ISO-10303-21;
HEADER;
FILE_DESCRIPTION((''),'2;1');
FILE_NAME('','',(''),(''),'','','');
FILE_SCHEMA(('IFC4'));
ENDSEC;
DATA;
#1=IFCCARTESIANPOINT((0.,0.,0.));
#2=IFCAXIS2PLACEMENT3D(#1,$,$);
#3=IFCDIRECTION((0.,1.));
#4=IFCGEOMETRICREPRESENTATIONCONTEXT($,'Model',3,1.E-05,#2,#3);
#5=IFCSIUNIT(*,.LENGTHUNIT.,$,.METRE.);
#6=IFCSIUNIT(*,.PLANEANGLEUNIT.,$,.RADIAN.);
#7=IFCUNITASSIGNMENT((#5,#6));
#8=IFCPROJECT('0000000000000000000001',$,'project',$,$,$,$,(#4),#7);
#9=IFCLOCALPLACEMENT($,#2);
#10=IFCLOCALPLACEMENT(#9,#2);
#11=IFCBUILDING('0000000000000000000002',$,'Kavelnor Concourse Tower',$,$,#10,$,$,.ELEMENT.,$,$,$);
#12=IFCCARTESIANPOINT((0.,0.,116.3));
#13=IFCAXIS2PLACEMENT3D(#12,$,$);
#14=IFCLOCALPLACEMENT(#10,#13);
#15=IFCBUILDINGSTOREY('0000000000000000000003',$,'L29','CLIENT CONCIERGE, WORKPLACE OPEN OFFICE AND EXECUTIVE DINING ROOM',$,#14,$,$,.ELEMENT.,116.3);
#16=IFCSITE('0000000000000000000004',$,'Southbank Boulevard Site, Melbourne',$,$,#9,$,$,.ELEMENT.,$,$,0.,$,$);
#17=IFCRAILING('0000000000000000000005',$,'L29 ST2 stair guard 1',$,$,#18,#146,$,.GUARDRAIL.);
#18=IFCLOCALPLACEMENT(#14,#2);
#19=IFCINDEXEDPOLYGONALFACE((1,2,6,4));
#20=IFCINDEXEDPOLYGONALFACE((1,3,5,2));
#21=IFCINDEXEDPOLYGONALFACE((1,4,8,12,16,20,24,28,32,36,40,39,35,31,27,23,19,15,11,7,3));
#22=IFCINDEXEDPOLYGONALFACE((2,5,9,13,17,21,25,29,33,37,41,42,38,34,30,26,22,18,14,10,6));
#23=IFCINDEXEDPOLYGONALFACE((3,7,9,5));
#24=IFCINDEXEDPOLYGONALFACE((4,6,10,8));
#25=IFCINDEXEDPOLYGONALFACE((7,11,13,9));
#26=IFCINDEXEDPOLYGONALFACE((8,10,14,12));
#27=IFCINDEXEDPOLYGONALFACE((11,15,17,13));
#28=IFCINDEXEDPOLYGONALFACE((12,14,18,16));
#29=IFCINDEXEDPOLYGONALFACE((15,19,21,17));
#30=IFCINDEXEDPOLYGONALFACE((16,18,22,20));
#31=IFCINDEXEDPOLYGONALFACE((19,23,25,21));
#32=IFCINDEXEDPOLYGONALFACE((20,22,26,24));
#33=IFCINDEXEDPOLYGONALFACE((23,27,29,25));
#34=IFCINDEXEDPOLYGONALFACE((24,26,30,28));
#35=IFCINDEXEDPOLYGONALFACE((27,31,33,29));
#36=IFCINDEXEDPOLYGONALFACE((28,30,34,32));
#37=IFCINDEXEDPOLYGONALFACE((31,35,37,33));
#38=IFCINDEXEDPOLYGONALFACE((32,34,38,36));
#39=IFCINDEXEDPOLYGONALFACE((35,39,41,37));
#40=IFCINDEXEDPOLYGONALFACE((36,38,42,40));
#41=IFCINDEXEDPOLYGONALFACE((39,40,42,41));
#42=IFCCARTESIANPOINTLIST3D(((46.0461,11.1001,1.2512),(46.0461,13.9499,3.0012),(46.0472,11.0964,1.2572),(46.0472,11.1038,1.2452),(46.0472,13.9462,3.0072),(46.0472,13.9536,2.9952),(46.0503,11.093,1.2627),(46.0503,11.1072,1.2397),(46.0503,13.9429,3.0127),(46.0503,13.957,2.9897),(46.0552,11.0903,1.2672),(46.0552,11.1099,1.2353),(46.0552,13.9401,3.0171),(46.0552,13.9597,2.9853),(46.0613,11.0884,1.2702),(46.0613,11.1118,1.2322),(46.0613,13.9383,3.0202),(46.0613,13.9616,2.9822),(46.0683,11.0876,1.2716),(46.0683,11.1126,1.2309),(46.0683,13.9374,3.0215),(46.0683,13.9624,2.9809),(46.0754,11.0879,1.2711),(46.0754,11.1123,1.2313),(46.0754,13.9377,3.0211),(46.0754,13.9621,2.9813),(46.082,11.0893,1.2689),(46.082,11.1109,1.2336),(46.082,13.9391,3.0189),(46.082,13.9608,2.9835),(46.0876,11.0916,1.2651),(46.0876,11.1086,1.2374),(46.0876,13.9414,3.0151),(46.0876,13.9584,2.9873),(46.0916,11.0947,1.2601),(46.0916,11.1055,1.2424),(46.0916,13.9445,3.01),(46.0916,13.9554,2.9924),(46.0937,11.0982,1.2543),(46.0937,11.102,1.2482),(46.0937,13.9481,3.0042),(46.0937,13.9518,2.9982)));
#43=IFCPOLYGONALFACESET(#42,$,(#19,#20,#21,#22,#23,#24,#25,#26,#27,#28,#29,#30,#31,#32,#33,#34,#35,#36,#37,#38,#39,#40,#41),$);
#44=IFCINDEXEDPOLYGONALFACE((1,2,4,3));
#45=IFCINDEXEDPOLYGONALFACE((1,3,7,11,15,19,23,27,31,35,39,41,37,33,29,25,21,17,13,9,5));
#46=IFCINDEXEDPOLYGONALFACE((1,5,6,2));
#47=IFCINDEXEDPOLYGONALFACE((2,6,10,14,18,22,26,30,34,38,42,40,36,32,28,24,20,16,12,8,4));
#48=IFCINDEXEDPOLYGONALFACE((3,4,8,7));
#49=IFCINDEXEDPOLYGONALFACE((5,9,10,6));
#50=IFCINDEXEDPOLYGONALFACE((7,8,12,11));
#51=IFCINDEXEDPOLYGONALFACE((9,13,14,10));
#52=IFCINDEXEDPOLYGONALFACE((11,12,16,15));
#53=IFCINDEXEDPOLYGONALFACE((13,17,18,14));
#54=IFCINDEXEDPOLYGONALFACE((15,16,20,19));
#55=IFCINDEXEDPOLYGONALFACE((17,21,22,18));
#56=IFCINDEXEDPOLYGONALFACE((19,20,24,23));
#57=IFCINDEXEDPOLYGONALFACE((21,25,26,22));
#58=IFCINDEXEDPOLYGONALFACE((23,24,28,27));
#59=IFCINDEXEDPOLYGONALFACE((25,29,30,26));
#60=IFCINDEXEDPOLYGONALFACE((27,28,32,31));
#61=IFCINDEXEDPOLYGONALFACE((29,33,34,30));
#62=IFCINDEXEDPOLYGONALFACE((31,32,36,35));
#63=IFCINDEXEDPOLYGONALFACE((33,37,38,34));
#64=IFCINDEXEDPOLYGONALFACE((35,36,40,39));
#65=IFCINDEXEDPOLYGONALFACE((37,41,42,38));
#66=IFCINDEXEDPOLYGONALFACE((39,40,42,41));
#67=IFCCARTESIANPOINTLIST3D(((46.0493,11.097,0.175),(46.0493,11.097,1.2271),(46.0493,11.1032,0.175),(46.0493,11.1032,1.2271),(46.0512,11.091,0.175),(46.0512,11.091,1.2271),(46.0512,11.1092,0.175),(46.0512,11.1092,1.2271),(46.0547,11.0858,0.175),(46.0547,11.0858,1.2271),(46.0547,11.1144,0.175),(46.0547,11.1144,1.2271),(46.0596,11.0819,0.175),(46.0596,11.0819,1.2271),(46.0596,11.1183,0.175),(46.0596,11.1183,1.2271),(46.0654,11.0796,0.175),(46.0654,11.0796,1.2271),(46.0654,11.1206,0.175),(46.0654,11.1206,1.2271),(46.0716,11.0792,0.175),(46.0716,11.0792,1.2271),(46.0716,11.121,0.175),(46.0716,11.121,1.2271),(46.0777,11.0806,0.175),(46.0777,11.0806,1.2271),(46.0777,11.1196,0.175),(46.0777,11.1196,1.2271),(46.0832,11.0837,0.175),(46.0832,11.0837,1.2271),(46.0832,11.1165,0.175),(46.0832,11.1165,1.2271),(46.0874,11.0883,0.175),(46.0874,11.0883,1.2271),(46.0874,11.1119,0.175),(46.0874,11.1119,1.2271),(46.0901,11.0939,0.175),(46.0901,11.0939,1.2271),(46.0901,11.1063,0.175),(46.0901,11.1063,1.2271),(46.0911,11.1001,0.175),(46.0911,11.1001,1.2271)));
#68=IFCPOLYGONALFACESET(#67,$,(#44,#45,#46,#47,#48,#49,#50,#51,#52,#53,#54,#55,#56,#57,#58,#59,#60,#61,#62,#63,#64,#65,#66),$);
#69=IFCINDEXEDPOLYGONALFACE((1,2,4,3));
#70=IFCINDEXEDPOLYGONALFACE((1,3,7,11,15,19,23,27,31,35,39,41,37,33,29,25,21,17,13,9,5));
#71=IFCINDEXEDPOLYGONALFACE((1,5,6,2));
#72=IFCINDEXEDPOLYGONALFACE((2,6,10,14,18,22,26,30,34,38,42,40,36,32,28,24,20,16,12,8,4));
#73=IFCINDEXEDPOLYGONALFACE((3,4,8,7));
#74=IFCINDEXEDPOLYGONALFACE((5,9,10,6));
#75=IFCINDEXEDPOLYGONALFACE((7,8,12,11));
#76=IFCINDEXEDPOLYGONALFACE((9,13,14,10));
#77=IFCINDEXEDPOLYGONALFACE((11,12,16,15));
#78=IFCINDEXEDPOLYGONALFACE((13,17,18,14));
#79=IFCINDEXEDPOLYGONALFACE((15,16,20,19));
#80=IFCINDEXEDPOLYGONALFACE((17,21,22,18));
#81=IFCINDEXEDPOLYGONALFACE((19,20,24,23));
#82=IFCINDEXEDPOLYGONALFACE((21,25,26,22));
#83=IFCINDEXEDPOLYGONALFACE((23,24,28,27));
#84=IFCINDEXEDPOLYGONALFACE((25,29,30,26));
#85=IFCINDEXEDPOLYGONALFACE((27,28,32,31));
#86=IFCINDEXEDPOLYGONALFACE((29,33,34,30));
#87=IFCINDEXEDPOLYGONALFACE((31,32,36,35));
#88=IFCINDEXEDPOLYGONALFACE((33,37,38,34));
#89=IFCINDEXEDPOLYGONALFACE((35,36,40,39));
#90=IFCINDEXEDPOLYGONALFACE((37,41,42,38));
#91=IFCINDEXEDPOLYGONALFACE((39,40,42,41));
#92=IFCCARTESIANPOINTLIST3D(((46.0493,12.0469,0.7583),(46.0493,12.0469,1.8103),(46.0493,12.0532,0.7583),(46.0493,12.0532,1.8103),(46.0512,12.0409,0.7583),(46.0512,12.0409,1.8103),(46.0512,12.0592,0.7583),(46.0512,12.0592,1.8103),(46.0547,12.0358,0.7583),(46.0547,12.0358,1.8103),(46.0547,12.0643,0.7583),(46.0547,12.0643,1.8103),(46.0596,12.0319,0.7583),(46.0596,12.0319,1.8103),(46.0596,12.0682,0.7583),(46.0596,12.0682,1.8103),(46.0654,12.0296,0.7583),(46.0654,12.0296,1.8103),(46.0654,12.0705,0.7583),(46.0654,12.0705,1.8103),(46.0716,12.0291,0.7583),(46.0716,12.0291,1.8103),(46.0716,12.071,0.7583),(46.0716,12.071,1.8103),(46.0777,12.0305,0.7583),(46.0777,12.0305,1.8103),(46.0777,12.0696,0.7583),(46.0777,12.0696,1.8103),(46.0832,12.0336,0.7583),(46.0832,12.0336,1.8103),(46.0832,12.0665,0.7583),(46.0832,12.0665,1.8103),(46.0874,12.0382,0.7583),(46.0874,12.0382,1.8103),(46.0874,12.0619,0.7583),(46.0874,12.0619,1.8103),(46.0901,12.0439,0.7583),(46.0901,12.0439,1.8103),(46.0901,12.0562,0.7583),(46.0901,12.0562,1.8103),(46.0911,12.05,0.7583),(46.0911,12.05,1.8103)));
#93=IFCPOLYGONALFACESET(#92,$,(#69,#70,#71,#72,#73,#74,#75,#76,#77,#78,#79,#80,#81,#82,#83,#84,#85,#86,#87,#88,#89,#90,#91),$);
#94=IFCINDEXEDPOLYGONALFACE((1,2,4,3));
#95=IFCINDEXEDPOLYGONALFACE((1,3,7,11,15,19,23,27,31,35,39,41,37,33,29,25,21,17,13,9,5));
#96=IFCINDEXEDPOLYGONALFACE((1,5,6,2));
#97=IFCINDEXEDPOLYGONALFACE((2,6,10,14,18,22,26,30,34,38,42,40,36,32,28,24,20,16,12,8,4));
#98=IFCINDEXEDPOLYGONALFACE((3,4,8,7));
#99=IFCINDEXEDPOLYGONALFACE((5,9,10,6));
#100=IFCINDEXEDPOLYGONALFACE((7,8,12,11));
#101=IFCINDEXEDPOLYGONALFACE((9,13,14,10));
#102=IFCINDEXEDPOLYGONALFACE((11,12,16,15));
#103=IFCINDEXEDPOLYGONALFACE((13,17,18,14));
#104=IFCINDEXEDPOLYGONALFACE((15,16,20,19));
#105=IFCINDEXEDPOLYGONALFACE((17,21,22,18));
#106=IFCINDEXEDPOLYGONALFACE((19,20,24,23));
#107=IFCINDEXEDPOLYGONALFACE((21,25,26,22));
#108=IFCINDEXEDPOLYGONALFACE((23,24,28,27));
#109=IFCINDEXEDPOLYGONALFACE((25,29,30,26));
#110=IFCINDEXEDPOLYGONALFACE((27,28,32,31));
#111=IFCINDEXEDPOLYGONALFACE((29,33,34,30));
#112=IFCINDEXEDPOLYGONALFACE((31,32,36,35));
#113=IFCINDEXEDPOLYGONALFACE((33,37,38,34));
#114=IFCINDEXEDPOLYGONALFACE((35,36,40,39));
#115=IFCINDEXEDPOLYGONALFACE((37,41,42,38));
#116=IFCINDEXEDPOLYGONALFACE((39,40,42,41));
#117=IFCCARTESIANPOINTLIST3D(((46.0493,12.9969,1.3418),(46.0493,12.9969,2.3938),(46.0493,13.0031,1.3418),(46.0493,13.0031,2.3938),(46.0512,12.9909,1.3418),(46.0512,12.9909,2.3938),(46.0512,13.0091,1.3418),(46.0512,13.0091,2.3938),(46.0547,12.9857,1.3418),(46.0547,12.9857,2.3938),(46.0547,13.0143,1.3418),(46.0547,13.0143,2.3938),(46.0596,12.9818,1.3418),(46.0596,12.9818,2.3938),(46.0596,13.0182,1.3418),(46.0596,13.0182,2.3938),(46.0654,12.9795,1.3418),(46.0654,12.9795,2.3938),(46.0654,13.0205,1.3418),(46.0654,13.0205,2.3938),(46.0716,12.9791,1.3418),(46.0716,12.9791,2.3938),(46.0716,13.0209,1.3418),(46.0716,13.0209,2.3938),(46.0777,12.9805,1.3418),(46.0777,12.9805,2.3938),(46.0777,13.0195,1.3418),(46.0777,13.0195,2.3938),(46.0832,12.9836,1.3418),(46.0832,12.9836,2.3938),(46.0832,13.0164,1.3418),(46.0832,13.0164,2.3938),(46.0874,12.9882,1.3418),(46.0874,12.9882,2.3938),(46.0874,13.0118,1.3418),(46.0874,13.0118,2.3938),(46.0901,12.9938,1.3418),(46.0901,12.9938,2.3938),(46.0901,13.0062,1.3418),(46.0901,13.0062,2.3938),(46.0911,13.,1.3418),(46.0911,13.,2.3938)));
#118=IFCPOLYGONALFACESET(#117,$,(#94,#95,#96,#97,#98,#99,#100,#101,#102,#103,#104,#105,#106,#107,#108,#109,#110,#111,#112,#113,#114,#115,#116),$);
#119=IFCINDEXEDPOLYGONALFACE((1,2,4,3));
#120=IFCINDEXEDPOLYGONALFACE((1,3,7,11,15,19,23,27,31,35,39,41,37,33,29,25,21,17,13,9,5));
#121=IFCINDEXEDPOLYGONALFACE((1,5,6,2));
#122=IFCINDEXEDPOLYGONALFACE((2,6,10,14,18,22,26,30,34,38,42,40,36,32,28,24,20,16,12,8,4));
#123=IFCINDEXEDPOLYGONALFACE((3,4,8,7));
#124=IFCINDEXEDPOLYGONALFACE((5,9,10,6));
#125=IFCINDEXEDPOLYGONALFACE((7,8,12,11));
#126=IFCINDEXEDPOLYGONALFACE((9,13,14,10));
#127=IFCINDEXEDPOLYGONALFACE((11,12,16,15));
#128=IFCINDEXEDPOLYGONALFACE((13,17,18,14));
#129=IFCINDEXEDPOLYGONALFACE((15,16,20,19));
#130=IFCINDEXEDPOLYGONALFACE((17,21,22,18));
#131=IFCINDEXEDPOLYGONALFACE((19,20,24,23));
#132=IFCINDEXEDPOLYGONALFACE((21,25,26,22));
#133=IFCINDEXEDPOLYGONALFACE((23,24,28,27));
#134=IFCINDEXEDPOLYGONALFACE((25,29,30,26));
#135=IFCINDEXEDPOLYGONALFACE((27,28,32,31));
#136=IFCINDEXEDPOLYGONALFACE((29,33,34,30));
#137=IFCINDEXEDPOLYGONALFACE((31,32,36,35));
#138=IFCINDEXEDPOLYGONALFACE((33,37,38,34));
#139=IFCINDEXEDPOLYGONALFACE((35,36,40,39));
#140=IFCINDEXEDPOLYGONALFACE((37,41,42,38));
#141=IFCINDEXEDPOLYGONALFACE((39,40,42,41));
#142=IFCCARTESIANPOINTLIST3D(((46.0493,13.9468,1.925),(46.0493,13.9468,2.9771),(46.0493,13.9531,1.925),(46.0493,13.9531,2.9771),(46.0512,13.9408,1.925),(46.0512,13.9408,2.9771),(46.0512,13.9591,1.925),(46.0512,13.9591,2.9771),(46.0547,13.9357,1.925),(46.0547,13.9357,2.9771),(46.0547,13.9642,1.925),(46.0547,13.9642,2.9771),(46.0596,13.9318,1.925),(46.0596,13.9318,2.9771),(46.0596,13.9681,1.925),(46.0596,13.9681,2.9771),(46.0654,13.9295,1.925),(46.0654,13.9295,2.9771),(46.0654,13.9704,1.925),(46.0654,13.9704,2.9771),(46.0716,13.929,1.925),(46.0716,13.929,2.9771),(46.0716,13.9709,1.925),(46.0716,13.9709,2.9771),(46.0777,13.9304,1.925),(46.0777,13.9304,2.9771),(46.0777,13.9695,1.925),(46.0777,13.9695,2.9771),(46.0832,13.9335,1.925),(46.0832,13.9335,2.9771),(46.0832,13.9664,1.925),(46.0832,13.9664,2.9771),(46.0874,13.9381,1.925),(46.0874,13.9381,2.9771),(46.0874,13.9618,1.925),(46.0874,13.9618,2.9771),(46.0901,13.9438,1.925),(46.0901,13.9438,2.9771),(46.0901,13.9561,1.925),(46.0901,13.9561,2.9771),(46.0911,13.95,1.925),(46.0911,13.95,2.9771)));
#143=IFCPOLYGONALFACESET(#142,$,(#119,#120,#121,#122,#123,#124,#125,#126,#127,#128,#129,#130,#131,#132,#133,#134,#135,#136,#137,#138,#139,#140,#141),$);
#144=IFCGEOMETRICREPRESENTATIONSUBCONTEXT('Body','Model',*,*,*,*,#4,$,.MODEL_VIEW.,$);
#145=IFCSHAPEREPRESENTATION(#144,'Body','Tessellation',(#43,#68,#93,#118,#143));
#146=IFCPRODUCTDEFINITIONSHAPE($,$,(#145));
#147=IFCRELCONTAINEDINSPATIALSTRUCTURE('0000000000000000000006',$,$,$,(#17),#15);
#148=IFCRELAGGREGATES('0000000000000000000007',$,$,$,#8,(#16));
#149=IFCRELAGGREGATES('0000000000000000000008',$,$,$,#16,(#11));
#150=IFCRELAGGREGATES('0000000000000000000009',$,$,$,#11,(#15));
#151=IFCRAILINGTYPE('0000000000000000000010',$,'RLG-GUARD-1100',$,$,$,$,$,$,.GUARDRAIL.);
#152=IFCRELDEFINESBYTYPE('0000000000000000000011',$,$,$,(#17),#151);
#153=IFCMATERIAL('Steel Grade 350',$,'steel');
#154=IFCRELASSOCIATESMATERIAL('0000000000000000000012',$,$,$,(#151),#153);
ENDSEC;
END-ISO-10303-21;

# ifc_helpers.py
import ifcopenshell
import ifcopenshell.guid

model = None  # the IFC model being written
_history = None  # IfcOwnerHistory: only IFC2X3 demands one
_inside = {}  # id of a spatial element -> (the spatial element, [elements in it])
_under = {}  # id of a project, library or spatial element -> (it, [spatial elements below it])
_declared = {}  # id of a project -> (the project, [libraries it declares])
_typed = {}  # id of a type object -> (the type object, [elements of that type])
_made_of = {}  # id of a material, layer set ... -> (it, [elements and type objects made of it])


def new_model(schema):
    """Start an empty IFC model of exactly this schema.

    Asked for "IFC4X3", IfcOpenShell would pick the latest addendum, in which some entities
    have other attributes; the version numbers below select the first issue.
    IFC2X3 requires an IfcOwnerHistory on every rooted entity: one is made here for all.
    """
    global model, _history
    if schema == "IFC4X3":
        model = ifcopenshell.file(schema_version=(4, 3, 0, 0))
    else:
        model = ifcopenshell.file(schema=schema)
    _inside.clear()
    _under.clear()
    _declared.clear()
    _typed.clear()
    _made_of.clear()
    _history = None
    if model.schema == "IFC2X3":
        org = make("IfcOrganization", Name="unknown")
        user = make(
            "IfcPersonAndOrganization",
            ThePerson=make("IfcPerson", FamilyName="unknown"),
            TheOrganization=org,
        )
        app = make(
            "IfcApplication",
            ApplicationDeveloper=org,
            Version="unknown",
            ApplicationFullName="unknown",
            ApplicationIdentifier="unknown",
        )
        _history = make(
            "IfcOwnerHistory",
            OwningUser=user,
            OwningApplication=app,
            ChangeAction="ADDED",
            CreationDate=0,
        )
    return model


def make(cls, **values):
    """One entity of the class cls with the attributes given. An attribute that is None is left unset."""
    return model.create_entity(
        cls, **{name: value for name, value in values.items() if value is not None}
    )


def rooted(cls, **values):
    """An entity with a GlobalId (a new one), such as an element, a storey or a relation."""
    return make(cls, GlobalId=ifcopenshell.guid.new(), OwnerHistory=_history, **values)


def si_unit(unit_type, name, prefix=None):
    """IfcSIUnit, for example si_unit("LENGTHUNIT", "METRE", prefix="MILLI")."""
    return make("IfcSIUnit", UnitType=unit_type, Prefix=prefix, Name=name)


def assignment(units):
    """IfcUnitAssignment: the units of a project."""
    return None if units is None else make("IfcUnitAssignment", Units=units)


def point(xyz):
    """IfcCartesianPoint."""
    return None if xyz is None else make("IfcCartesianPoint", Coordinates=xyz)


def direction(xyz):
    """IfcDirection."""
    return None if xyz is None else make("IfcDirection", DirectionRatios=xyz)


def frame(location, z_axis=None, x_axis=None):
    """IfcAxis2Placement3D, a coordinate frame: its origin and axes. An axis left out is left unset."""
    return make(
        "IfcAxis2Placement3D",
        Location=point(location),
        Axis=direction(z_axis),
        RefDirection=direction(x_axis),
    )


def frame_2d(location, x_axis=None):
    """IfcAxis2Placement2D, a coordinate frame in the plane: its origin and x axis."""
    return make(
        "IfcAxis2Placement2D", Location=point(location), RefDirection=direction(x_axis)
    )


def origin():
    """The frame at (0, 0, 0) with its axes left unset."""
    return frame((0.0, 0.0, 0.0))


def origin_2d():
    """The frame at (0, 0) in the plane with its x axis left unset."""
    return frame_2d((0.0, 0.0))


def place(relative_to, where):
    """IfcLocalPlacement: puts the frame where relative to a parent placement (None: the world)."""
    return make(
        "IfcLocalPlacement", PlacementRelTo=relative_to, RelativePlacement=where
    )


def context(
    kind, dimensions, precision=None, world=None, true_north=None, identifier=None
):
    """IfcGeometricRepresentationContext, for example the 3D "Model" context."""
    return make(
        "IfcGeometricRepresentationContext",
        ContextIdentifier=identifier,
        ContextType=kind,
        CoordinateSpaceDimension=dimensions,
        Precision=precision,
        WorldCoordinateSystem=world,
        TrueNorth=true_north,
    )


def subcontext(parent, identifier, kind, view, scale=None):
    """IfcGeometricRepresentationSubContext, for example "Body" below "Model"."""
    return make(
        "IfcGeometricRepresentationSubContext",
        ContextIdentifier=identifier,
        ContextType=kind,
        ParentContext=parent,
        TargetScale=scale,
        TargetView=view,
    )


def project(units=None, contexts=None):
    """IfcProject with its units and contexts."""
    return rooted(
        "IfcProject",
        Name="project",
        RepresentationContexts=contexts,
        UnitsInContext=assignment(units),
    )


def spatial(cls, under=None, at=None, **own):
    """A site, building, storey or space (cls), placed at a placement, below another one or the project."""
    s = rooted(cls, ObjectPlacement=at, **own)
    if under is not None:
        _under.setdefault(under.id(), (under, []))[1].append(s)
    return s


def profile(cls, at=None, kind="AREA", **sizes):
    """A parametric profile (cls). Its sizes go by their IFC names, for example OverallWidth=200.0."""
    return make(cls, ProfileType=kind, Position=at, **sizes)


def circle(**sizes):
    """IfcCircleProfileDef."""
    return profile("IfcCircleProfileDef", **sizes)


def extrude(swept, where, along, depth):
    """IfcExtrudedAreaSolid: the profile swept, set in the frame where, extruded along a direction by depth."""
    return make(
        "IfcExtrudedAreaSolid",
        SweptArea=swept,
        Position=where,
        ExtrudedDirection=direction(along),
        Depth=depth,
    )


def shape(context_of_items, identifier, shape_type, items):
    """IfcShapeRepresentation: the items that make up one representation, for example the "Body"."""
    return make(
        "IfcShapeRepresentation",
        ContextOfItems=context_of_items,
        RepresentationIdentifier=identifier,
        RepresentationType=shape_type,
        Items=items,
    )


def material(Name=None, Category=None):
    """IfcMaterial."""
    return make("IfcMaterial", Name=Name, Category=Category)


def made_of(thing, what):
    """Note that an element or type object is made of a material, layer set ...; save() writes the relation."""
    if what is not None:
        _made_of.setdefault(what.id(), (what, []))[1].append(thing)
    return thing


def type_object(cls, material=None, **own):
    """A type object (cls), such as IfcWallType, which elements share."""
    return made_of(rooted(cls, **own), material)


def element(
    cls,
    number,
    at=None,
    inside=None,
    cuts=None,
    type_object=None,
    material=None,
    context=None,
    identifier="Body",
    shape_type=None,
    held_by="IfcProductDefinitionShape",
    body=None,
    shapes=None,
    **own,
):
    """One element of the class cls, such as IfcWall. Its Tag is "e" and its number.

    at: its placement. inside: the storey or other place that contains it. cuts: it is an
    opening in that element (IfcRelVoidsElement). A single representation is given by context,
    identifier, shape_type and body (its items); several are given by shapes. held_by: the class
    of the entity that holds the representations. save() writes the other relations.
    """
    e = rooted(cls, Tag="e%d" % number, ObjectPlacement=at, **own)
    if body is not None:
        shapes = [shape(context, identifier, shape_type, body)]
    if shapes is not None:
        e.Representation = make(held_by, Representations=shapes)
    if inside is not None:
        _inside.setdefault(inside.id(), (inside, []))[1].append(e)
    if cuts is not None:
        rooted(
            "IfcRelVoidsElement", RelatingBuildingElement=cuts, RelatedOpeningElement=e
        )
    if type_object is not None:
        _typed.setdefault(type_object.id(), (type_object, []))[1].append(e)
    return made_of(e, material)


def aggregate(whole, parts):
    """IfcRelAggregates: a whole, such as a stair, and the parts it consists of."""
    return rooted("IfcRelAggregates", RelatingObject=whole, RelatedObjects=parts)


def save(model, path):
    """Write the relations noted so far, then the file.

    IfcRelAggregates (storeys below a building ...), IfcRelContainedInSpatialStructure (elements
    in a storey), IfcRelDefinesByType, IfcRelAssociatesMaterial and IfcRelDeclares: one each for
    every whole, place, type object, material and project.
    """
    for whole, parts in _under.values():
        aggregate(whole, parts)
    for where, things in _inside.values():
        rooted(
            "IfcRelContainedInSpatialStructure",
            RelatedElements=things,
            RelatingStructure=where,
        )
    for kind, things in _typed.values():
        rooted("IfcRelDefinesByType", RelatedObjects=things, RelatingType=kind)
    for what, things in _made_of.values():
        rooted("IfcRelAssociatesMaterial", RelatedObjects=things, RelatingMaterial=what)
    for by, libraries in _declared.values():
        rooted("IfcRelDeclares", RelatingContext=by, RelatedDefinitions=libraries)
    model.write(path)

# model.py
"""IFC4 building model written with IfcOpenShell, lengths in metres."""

from ifc_helpers import new_model, si_unit, direction, frame, origin, origin_2d, place, context, subcontext, project, spatial, circle, extrude, material, type_object, element, save


model = new_model("IFC4")

# Units and contexts
model_context = context("Model", 3, precision=1e-05, world=origin(), true_north=direction((0.0, 1.0)))
body_context = subcontext(model_context, "Body", "Model", "MODEL_VIEW")
ifc_project = project(units=[si_unit("LENGTHUNIT", "METRE"), si_unit("PLANEANGLEUNIT", "RADIAN")], contexts=[model_context])

# Site, building, storey
site_placement = place(None, origin())
site = spatial("IfcSite", under=ifc_project, at=site_placement, Name="Southbank Boulevard Site, Melbourne", CompositionType="ELEMENT", RefElevation=0.0)
building_placement = place(site_placement, origin())
building = spatial("IfcBuilding", under=site, at=building_placement, Name="Kavelnor Concourse Tower", CompositionType="ELEMENT")
storey_placement = place(building_placement, frame((0.0, 0.0, 116.3)))
storey = spatial("IfcBuildingStorey", under=building, at=storey_placement, Name="L29", Description="CLIENT CONCIERGE, WORKPLACE OPEN OFFICE AND EXECUTIVE DINING ROOM", CompositionType="ELEMENT", Elevation=116.3)

# Shared definitions
ifc_material_1 = material(Name="Steel Grade 350", Category="steel")

# Railing
railing_type_1 = type_object("IfcRailingType", Name="RLG-GUARD-1100", PredefinedType="GUARDRAIL", material=ifc_material_1)
railing_1_placement = place(storey_placement, frame((46.0701, 11.1001, 0.175)))
element("IfcRailing", 1, at=railing_1_placement, inside=storey, type_object=railing_type_1, Name="L29 ST2 stair guard 1", PredefinedType="GUARDRAIL", context=body_context, shape_type="SweptSolid", body=[
    extrude(circle(Radius=0.0239, at=origin_2d()), frame((0.0, 0.0, 1.0762), z_axis=(0.0, 0.852159, 0.523283), x_axis=(-1.0, 0.0, 0.0)), (0.0, 0.0, 1.0), 3.3442),
    extrude(circle(Radius=0.021, at=origin_2d()), origin(), (0.0, 0.0, 1.0), 1.052),
    extrude(circle(Radius=0.021, at=origin_2d()), frame((0.0, 0.95, 0.5833)), (0.0, 0.0, 1.0), 1.052),
    extrude(circle(Radius=0.021, at=origin_2d()), frame((0.0, 1.8999, 1.1667)), (0.0, 0.0, 1.0), 1.052),
    extrude(circle(Radius=0.021, at=origin_2d()), frame((0.0, 2.8499, 1.75)), (0.0, 0.0, 1.0), 1.052),
])

save(model, "model.ifc")
